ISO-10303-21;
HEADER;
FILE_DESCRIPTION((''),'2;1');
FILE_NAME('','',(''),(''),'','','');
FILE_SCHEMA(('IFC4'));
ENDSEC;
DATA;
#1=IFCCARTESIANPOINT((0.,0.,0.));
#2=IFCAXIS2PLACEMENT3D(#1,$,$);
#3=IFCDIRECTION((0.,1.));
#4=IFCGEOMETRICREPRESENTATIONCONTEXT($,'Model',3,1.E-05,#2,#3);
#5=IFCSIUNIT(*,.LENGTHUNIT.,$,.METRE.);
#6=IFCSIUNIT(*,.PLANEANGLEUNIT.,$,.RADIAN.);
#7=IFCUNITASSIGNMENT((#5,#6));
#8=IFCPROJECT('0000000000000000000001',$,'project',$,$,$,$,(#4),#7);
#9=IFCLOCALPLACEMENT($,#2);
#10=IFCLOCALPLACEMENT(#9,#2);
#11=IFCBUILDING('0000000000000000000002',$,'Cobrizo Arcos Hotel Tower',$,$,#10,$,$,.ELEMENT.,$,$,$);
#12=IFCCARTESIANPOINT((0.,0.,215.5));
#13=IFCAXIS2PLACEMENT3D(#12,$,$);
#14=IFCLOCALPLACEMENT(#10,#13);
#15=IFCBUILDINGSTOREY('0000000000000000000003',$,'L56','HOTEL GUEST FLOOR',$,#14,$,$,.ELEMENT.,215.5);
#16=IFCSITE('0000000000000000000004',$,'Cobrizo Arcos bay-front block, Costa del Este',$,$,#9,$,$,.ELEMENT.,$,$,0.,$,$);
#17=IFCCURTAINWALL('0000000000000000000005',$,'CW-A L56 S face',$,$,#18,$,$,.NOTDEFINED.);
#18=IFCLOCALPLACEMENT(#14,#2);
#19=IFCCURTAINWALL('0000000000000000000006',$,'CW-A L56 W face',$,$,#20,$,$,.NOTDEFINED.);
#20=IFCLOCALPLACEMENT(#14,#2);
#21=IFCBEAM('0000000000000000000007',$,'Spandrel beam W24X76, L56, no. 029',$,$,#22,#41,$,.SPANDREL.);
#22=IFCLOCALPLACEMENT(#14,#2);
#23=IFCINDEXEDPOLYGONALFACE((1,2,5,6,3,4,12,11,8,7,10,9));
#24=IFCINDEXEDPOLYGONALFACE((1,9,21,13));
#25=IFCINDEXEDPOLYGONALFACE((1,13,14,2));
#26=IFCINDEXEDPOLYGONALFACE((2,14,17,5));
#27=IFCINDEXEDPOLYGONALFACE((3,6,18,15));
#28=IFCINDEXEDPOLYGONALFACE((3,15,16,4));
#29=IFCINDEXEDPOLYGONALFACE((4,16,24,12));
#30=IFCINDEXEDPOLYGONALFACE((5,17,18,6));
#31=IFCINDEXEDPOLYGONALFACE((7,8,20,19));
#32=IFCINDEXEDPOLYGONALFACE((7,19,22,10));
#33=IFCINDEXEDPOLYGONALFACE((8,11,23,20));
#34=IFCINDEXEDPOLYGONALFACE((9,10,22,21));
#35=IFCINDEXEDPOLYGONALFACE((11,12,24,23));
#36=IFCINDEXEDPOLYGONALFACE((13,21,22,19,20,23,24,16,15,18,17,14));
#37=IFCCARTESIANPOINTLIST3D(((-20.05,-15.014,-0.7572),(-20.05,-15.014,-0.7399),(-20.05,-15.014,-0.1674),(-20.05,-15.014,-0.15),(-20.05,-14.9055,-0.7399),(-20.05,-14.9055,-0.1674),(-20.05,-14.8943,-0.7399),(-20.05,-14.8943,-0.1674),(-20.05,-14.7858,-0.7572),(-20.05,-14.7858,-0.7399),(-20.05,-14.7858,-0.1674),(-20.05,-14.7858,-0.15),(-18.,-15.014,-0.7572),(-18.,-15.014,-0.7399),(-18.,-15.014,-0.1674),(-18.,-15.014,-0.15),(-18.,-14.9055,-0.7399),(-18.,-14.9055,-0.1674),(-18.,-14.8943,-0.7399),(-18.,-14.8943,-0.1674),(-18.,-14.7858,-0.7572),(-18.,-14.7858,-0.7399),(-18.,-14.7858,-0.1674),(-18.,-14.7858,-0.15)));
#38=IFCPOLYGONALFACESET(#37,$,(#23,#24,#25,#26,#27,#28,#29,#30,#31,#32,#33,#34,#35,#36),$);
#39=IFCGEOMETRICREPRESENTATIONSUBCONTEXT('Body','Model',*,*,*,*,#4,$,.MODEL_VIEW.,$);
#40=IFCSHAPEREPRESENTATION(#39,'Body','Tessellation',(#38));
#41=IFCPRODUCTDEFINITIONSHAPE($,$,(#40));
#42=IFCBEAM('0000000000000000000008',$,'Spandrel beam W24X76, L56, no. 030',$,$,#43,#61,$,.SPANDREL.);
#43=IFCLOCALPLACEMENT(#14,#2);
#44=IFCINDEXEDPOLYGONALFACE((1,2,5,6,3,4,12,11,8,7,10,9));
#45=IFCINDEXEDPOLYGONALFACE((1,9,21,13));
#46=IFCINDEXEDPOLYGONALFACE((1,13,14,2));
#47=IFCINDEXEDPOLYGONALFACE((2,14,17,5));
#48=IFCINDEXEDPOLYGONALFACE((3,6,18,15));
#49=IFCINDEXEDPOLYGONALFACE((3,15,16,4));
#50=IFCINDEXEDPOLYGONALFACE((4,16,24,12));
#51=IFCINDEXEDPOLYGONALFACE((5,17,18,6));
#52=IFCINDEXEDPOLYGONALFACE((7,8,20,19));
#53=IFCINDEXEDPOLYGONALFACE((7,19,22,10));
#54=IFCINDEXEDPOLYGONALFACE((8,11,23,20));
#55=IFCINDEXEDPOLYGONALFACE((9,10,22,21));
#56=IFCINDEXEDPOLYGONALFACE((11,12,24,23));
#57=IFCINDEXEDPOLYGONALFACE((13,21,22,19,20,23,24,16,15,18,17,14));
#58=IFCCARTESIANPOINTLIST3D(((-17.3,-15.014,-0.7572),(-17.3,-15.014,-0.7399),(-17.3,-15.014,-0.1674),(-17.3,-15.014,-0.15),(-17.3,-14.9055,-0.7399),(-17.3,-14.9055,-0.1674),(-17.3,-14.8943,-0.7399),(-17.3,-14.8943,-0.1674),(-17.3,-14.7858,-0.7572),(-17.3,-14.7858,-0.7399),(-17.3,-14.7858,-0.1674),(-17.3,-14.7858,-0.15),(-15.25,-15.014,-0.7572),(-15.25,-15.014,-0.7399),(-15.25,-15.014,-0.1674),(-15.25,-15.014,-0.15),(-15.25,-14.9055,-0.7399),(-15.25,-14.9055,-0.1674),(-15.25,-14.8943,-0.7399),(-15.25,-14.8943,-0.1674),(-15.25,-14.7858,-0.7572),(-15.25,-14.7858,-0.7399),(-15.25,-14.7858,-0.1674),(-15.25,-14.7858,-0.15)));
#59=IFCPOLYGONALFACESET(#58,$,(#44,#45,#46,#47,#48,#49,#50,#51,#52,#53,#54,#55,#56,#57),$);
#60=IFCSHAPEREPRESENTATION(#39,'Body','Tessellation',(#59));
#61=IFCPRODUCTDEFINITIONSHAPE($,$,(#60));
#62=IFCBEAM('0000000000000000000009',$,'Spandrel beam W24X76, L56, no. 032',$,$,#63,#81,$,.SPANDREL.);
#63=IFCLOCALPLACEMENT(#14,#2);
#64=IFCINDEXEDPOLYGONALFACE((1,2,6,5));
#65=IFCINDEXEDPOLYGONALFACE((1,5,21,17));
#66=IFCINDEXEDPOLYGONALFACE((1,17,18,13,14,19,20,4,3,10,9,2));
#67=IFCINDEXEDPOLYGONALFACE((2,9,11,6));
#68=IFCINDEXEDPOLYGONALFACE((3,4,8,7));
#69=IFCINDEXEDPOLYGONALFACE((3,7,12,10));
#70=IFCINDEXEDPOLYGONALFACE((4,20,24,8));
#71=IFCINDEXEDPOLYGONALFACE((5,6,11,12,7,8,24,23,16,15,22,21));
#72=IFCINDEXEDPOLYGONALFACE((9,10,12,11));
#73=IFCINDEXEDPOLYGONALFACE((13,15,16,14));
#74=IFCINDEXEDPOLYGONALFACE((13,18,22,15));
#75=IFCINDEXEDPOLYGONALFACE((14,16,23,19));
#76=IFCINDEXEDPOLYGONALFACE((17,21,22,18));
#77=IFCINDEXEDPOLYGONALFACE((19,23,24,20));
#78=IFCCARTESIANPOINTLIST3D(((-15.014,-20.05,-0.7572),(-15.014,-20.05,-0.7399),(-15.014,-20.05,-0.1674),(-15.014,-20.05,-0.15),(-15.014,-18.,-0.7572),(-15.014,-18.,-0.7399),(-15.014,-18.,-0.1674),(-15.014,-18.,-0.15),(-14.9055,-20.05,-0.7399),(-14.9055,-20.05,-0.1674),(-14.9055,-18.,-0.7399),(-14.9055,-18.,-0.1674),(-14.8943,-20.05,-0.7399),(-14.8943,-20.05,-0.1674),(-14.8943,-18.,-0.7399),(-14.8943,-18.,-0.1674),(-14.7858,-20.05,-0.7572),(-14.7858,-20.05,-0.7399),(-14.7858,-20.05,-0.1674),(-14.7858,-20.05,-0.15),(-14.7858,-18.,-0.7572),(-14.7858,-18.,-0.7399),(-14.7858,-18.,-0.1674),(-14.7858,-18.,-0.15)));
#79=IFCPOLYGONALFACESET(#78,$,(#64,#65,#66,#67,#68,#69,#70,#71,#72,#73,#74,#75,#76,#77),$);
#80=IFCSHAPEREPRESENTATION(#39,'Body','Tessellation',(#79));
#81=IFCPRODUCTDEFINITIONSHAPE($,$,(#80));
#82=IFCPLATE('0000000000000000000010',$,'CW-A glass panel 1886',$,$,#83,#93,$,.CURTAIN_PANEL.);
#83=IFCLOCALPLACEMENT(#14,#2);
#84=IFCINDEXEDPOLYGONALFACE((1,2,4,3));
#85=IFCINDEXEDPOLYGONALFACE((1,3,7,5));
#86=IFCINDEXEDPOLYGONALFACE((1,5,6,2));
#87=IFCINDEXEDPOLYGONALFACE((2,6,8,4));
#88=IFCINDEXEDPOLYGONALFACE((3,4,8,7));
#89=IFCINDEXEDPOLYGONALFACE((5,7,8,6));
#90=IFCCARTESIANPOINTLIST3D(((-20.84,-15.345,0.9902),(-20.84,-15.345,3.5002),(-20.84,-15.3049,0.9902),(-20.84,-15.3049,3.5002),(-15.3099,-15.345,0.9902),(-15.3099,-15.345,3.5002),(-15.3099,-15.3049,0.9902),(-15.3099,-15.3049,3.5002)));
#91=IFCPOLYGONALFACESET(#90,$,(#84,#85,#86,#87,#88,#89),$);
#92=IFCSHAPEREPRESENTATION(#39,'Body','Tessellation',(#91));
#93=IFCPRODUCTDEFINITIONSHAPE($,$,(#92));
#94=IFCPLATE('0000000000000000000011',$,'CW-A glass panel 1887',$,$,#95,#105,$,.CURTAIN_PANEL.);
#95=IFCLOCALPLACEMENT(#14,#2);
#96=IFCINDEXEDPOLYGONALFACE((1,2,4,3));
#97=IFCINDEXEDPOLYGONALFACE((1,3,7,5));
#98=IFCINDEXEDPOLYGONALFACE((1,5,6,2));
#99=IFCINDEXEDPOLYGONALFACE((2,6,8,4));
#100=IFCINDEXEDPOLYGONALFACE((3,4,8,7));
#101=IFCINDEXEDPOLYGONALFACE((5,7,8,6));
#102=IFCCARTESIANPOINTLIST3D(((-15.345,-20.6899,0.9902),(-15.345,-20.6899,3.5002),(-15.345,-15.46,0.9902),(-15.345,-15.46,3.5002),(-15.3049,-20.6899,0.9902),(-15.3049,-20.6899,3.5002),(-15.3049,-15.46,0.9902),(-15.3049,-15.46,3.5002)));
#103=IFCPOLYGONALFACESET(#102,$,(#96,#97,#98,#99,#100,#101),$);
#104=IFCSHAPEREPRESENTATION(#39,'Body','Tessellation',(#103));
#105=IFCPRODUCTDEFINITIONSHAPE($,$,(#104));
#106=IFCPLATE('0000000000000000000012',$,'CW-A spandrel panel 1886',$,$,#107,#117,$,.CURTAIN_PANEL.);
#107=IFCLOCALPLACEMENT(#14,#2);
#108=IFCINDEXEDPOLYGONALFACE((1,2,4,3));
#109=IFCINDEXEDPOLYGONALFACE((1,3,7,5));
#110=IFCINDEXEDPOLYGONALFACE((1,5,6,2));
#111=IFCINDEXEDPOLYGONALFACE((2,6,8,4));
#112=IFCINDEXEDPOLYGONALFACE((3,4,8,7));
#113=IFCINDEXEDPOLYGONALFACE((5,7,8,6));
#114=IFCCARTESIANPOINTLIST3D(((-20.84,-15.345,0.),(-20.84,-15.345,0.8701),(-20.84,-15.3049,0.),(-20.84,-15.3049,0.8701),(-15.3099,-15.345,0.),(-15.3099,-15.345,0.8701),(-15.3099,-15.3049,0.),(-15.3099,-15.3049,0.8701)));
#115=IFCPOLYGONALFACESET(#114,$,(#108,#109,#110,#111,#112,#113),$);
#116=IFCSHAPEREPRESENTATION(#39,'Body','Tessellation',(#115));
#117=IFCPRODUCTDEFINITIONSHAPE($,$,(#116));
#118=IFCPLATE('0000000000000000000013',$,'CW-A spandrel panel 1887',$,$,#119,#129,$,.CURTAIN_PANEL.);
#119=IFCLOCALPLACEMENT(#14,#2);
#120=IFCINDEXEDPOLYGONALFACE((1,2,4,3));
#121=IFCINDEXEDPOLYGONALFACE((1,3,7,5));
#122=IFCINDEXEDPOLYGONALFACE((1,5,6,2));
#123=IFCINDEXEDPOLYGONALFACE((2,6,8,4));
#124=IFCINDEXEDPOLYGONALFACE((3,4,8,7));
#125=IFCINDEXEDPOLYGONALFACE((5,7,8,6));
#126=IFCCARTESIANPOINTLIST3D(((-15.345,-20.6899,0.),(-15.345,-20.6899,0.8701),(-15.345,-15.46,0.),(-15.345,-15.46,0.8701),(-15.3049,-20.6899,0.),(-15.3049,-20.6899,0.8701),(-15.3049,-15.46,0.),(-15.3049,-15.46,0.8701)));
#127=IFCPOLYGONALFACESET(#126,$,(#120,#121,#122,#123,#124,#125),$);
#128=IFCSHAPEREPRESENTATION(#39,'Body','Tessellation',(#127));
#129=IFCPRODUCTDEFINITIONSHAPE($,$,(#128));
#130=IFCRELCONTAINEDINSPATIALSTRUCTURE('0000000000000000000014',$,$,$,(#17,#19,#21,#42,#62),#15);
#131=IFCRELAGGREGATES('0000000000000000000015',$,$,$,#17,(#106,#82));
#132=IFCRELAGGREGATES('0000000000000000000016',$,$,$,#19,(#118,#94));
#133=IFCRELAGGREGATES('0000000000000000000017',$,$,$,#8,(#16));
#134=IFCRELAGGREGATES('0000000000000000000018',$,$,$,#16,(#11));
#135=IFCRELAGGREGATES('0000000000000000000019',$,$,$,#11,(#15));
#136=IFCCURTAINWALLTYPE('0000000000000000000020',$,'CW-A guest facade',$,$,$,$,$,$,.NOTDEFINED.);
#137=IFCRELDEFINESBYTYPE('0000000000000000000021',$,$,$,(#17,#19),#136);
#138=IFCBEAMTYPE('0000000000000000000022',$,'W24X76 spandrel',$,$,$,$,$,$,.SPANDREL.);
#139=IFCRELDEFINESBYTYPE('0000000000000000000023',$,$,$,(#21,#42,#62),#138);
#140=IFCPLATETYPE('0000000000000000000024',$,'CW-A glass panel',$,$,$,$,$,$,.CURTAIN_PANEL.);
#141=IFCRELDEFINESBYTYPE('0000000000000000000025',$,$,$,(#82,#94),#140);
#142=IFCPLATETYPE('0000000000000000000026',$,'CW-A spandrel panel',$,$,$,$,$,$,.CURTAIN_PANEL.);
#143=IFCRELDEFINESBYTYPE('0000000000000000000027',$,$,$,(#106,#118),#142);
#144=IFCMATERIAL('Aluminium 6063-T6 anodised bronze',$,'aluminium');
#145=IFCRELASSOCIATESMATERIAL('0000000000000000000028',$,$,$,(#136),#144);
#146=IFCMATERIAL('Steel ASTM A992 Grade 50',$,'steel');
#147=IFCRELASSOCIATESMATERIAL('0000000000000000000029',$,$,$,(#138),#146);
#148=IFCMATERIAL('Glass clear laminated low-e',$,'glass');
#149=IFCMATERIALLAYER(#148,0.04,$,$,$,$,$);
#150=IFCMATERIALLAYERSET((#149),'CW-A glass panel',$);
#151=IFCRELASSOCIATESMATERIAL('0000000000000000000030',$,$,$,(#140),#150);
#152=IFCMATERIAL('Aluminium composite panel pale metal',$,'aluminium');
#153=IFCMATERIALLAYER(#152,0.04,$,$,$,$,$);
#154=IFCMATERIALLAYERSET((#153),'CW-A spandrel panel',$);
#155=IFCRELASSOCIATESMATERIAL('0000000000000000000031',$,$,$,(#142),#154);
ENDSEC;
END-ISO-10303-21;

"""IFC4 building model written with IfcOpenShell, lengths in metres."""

from ifc_helpers import new_model, si_unit, direction, frame, origin, origin_2d, place, context, subcontext, project, spatial, rectangle, i_section, extrude, material, layer, layer_set, material_profile, profile_set, type_object, element, aggregate, save


model = new_model("IFC4")

# Units and contexts
model_context = context("Model", 3, precision=1e-05, world=origin(), true_north=direction((0.0, 1.0)))
body_context = subcontext(model_context, "Body", "Model", "MODEL_VIEW")
ifc_project = project(units=[si_unit("LENGTHUNIT", "METRE"), si_unit("PLANEANGLEUNIT", "RADIAN")], contexts=[model_context])

# Site, building, storey
site_placement = place(None, origin())
site = spatial("IfcSite", under=ifc_project, at=site_placement, Name="Cobrizo Arcos bay-front block, Costa del Este", CompositionType="ELEMENT", RefElevation=0.0)
building_placement = place(site_placement, origin())
building = spatial("IfcBuilding", under=site, at=building_placement, Name="Cobrizo Arcos Hotel Tower", CompositionType="ELEMENT")
storey_placement = place(building_placement, frame((0.0, 0.0, 215.5)))
storey = spatial("IfcBuildingStorey", under=building, at=storey_placement, Name="L56", Description="HOTEL GUEST FLOOR", CompositionType="ELEMENT", Elevation=215.5)

# Shared definitions
ifc_material_1 = material(Name="Aluminium 6063-T6 anodised bronze", Category="aluminium")
curtain_wall_type = type_object("IfcCurtainWallType", Name="CW-A guest facade", PredefinedType="NOTDEFINED", material=ifc_material_1)

# Curtain walls
curtain_wall_1_placement = place(storey_placement, origin())
curtain_wall_1 = element("IfcCurtainWall", 1, at=curtain_wall_1_placement, inside=storey, type_object=curtain_wall_type, Name="CW-A L56 S face", PredefinedType="NOTDEFINED")
curtain_wall_2_placement = place(storey_placement, origin())
curtain_wall_2 = element("IfcCurtainWall", 2, at=curtain_wall_2_placement, inside=storey, type_object=curtain_wall_type, Name="CW-A L56 W face", PredefinedType="NOTDEFINED")

# Beams
ifc_material_2 = material(Name="Steel ASTM A992 Grade 50", Category="steel")
ifc_material_profile_1 = material_profile(ifc_material_2, i_section(OverallWidth=0.2283, OverallDepth=0.6072, WebThickness=0.0112, FlangeThickness=0.0173, at=origin_2d()), Name="W24X76")
ifc_profile_set_1 = profile_set([ifc_material_profile_1], Name="Steel ASTM A992 Grade 50")
beam_type_1 = type_object("IfcBeamType", Name="W24X76 spandrel", PredefinedType="SPANDREL", material=ifc_profile_set_1)
for number, where, z_axis, x_axis, name in (
    (3, (-20.05, -14.8999, -0.4536), (1.0, 0.0, 0.0), (0.0, 1.0, 0.0), "Spandrel beam W24X76, L56, no. 029"),
    (4, (-17.3, -14.8999, -0.4536), (1.0, 0.0, 0.0), (0.0, 1.0, 0.0), "Spandrel beam W24X76, L56, no. 030"),
    (5, (-14.8999, -18.0, -0.4536), (0.0, -1.0, 0.0), (1.0, 0.0, 0.0), "Spandrel beam W24X76, L56, no. 032"),
):
    element("IfcBeam", number, at=place(storey_placement, frame(where, z_axis=z_axis, x_axis=x_axis)), inside=storey, type_object=beam_type_1, Name=name, PredefinedType="SPANDREL", context=body_context, shape_type="SweptSolid", body=[
        extrude(i_section(OverallWidth=0.2283, OverallDepth=0.6072, WebThickness=0.0112, FlangeThickness=0.0173, at=origin_2d()), origin(), (0.0, 0.0, 1.0), 2.05),
    ])

# Plates
ifc_material_3 = material(Name="Glass clear laminated low-e", Category="glass")
ifc_layer_1 = layer(ifc_material_3, 0.04)
ifc_layer_set_1 = layer_set([ifc_layer_1], Name="CW-A glass panel")
plate_type_1 = type_object("IfcPlateType", Name="CW-A glass panel", PredefinedType="CURTAIN_PANEL", material=ifc_layer_set_1)
plate_1_placement = place(storey_placement, frame((-18.075, -15.325, 0.9902), z_axis=(0.0, 0.0, 1.0), x_axis=(1.0, 0.0, 0.0)))
plate_1 = element("IfcPlate", 6, at=plate_1_placement, type_object=plate_type_1, Name="CW-A glass panel 1886", PredefinedType="CURTAIN_PANEL", context=body_context, shape_type="SweptSolid", body=[
    extrude(rectangle(XDim=5.53, YDim=0.04, at=origin_2d()), origin(), (0.0, 0.0, 1.0), 2.51),
])
plate_2_placement = place(storey_placement, frame((-15.325, -18.075, 0.9902), z_axis=(0.0, 0.0, 1.0), x_axis=(0.0, -1.0, 0.0)))
plate_2 = element("IfcPlate", 7, at=plate_2_placement, type_object=plate_type_1, Name="CW-A glass panel 1887", PredefinedType="CURTAIN_PANEL", context=body_context, shape_type="SweptSolid", body=[
    extrude(rectangle(XDim=5.23, YDim=0.04, at=origin_2d()), origin(), (0.0, 0.0, 1.0), 2.51),
])
ifc_material_4 = material(Name="Aluminium composite panel pale metal", Category="aluminium")
ifc_layer_2 = layer(ifc_material_4, 0.04)
ifc_layer_set_2 = layer_set([ifc_layer_2], Name="CW-A spandrel panel")
plate_type_2 = type_object("IfcPlateType", Name="CW-A spandrel panel", PredefinedType="CURTAIN_PANEL", material=ifc_layer_set_2)
plate_3_placement = place(storey_placement, frame((-18.075, -15.325, 0.0), z_axis=(0.0, 0.0, 1.0), x_axis=(1.0, 0.0, 0.0)))
plate_3 = element("IfcPlate", 8, at=plate_3_placement, type_object=plate_type_2, Name="CW-A spandrel panel 1886", PredefinedType="CURTAIN_PANEL", context=body_context, shape_type="SweptSolid", body=[
    extrude(rectangle(XDim=5.53, YDim=0.04, at=origin_2d()), origin(), (0.0, 0.0, 1.0), 0.8701),
])
aggregate(curtain_wall_1, [plate_3, plate_1])
plate_4_placement = place(storey_placement, frame((-15.325, -18.075, 0.0), z_axis=(0.0, 0.0, 1.0), x_axis=(0.0, -1.0, 0.0)))
plate_4 = element("IfcPlate", 9, at=plate_4_placement, type_object=plate_type_2, Name="CW-A spandrel panel 1887", PredefinedType="CURTAIN_PANEL", context=body_context, shape_type="SweptSolid", body=[
    extrude(rectangle(XDim=5.23, YDim=0.04, at=origin_2d()), origin(), (0.0, 0.0, 1.0), 0.8701),
])
aggregate(curtain_wall_2, [plate_4, plate_2])

save(model, "model.ifc")
